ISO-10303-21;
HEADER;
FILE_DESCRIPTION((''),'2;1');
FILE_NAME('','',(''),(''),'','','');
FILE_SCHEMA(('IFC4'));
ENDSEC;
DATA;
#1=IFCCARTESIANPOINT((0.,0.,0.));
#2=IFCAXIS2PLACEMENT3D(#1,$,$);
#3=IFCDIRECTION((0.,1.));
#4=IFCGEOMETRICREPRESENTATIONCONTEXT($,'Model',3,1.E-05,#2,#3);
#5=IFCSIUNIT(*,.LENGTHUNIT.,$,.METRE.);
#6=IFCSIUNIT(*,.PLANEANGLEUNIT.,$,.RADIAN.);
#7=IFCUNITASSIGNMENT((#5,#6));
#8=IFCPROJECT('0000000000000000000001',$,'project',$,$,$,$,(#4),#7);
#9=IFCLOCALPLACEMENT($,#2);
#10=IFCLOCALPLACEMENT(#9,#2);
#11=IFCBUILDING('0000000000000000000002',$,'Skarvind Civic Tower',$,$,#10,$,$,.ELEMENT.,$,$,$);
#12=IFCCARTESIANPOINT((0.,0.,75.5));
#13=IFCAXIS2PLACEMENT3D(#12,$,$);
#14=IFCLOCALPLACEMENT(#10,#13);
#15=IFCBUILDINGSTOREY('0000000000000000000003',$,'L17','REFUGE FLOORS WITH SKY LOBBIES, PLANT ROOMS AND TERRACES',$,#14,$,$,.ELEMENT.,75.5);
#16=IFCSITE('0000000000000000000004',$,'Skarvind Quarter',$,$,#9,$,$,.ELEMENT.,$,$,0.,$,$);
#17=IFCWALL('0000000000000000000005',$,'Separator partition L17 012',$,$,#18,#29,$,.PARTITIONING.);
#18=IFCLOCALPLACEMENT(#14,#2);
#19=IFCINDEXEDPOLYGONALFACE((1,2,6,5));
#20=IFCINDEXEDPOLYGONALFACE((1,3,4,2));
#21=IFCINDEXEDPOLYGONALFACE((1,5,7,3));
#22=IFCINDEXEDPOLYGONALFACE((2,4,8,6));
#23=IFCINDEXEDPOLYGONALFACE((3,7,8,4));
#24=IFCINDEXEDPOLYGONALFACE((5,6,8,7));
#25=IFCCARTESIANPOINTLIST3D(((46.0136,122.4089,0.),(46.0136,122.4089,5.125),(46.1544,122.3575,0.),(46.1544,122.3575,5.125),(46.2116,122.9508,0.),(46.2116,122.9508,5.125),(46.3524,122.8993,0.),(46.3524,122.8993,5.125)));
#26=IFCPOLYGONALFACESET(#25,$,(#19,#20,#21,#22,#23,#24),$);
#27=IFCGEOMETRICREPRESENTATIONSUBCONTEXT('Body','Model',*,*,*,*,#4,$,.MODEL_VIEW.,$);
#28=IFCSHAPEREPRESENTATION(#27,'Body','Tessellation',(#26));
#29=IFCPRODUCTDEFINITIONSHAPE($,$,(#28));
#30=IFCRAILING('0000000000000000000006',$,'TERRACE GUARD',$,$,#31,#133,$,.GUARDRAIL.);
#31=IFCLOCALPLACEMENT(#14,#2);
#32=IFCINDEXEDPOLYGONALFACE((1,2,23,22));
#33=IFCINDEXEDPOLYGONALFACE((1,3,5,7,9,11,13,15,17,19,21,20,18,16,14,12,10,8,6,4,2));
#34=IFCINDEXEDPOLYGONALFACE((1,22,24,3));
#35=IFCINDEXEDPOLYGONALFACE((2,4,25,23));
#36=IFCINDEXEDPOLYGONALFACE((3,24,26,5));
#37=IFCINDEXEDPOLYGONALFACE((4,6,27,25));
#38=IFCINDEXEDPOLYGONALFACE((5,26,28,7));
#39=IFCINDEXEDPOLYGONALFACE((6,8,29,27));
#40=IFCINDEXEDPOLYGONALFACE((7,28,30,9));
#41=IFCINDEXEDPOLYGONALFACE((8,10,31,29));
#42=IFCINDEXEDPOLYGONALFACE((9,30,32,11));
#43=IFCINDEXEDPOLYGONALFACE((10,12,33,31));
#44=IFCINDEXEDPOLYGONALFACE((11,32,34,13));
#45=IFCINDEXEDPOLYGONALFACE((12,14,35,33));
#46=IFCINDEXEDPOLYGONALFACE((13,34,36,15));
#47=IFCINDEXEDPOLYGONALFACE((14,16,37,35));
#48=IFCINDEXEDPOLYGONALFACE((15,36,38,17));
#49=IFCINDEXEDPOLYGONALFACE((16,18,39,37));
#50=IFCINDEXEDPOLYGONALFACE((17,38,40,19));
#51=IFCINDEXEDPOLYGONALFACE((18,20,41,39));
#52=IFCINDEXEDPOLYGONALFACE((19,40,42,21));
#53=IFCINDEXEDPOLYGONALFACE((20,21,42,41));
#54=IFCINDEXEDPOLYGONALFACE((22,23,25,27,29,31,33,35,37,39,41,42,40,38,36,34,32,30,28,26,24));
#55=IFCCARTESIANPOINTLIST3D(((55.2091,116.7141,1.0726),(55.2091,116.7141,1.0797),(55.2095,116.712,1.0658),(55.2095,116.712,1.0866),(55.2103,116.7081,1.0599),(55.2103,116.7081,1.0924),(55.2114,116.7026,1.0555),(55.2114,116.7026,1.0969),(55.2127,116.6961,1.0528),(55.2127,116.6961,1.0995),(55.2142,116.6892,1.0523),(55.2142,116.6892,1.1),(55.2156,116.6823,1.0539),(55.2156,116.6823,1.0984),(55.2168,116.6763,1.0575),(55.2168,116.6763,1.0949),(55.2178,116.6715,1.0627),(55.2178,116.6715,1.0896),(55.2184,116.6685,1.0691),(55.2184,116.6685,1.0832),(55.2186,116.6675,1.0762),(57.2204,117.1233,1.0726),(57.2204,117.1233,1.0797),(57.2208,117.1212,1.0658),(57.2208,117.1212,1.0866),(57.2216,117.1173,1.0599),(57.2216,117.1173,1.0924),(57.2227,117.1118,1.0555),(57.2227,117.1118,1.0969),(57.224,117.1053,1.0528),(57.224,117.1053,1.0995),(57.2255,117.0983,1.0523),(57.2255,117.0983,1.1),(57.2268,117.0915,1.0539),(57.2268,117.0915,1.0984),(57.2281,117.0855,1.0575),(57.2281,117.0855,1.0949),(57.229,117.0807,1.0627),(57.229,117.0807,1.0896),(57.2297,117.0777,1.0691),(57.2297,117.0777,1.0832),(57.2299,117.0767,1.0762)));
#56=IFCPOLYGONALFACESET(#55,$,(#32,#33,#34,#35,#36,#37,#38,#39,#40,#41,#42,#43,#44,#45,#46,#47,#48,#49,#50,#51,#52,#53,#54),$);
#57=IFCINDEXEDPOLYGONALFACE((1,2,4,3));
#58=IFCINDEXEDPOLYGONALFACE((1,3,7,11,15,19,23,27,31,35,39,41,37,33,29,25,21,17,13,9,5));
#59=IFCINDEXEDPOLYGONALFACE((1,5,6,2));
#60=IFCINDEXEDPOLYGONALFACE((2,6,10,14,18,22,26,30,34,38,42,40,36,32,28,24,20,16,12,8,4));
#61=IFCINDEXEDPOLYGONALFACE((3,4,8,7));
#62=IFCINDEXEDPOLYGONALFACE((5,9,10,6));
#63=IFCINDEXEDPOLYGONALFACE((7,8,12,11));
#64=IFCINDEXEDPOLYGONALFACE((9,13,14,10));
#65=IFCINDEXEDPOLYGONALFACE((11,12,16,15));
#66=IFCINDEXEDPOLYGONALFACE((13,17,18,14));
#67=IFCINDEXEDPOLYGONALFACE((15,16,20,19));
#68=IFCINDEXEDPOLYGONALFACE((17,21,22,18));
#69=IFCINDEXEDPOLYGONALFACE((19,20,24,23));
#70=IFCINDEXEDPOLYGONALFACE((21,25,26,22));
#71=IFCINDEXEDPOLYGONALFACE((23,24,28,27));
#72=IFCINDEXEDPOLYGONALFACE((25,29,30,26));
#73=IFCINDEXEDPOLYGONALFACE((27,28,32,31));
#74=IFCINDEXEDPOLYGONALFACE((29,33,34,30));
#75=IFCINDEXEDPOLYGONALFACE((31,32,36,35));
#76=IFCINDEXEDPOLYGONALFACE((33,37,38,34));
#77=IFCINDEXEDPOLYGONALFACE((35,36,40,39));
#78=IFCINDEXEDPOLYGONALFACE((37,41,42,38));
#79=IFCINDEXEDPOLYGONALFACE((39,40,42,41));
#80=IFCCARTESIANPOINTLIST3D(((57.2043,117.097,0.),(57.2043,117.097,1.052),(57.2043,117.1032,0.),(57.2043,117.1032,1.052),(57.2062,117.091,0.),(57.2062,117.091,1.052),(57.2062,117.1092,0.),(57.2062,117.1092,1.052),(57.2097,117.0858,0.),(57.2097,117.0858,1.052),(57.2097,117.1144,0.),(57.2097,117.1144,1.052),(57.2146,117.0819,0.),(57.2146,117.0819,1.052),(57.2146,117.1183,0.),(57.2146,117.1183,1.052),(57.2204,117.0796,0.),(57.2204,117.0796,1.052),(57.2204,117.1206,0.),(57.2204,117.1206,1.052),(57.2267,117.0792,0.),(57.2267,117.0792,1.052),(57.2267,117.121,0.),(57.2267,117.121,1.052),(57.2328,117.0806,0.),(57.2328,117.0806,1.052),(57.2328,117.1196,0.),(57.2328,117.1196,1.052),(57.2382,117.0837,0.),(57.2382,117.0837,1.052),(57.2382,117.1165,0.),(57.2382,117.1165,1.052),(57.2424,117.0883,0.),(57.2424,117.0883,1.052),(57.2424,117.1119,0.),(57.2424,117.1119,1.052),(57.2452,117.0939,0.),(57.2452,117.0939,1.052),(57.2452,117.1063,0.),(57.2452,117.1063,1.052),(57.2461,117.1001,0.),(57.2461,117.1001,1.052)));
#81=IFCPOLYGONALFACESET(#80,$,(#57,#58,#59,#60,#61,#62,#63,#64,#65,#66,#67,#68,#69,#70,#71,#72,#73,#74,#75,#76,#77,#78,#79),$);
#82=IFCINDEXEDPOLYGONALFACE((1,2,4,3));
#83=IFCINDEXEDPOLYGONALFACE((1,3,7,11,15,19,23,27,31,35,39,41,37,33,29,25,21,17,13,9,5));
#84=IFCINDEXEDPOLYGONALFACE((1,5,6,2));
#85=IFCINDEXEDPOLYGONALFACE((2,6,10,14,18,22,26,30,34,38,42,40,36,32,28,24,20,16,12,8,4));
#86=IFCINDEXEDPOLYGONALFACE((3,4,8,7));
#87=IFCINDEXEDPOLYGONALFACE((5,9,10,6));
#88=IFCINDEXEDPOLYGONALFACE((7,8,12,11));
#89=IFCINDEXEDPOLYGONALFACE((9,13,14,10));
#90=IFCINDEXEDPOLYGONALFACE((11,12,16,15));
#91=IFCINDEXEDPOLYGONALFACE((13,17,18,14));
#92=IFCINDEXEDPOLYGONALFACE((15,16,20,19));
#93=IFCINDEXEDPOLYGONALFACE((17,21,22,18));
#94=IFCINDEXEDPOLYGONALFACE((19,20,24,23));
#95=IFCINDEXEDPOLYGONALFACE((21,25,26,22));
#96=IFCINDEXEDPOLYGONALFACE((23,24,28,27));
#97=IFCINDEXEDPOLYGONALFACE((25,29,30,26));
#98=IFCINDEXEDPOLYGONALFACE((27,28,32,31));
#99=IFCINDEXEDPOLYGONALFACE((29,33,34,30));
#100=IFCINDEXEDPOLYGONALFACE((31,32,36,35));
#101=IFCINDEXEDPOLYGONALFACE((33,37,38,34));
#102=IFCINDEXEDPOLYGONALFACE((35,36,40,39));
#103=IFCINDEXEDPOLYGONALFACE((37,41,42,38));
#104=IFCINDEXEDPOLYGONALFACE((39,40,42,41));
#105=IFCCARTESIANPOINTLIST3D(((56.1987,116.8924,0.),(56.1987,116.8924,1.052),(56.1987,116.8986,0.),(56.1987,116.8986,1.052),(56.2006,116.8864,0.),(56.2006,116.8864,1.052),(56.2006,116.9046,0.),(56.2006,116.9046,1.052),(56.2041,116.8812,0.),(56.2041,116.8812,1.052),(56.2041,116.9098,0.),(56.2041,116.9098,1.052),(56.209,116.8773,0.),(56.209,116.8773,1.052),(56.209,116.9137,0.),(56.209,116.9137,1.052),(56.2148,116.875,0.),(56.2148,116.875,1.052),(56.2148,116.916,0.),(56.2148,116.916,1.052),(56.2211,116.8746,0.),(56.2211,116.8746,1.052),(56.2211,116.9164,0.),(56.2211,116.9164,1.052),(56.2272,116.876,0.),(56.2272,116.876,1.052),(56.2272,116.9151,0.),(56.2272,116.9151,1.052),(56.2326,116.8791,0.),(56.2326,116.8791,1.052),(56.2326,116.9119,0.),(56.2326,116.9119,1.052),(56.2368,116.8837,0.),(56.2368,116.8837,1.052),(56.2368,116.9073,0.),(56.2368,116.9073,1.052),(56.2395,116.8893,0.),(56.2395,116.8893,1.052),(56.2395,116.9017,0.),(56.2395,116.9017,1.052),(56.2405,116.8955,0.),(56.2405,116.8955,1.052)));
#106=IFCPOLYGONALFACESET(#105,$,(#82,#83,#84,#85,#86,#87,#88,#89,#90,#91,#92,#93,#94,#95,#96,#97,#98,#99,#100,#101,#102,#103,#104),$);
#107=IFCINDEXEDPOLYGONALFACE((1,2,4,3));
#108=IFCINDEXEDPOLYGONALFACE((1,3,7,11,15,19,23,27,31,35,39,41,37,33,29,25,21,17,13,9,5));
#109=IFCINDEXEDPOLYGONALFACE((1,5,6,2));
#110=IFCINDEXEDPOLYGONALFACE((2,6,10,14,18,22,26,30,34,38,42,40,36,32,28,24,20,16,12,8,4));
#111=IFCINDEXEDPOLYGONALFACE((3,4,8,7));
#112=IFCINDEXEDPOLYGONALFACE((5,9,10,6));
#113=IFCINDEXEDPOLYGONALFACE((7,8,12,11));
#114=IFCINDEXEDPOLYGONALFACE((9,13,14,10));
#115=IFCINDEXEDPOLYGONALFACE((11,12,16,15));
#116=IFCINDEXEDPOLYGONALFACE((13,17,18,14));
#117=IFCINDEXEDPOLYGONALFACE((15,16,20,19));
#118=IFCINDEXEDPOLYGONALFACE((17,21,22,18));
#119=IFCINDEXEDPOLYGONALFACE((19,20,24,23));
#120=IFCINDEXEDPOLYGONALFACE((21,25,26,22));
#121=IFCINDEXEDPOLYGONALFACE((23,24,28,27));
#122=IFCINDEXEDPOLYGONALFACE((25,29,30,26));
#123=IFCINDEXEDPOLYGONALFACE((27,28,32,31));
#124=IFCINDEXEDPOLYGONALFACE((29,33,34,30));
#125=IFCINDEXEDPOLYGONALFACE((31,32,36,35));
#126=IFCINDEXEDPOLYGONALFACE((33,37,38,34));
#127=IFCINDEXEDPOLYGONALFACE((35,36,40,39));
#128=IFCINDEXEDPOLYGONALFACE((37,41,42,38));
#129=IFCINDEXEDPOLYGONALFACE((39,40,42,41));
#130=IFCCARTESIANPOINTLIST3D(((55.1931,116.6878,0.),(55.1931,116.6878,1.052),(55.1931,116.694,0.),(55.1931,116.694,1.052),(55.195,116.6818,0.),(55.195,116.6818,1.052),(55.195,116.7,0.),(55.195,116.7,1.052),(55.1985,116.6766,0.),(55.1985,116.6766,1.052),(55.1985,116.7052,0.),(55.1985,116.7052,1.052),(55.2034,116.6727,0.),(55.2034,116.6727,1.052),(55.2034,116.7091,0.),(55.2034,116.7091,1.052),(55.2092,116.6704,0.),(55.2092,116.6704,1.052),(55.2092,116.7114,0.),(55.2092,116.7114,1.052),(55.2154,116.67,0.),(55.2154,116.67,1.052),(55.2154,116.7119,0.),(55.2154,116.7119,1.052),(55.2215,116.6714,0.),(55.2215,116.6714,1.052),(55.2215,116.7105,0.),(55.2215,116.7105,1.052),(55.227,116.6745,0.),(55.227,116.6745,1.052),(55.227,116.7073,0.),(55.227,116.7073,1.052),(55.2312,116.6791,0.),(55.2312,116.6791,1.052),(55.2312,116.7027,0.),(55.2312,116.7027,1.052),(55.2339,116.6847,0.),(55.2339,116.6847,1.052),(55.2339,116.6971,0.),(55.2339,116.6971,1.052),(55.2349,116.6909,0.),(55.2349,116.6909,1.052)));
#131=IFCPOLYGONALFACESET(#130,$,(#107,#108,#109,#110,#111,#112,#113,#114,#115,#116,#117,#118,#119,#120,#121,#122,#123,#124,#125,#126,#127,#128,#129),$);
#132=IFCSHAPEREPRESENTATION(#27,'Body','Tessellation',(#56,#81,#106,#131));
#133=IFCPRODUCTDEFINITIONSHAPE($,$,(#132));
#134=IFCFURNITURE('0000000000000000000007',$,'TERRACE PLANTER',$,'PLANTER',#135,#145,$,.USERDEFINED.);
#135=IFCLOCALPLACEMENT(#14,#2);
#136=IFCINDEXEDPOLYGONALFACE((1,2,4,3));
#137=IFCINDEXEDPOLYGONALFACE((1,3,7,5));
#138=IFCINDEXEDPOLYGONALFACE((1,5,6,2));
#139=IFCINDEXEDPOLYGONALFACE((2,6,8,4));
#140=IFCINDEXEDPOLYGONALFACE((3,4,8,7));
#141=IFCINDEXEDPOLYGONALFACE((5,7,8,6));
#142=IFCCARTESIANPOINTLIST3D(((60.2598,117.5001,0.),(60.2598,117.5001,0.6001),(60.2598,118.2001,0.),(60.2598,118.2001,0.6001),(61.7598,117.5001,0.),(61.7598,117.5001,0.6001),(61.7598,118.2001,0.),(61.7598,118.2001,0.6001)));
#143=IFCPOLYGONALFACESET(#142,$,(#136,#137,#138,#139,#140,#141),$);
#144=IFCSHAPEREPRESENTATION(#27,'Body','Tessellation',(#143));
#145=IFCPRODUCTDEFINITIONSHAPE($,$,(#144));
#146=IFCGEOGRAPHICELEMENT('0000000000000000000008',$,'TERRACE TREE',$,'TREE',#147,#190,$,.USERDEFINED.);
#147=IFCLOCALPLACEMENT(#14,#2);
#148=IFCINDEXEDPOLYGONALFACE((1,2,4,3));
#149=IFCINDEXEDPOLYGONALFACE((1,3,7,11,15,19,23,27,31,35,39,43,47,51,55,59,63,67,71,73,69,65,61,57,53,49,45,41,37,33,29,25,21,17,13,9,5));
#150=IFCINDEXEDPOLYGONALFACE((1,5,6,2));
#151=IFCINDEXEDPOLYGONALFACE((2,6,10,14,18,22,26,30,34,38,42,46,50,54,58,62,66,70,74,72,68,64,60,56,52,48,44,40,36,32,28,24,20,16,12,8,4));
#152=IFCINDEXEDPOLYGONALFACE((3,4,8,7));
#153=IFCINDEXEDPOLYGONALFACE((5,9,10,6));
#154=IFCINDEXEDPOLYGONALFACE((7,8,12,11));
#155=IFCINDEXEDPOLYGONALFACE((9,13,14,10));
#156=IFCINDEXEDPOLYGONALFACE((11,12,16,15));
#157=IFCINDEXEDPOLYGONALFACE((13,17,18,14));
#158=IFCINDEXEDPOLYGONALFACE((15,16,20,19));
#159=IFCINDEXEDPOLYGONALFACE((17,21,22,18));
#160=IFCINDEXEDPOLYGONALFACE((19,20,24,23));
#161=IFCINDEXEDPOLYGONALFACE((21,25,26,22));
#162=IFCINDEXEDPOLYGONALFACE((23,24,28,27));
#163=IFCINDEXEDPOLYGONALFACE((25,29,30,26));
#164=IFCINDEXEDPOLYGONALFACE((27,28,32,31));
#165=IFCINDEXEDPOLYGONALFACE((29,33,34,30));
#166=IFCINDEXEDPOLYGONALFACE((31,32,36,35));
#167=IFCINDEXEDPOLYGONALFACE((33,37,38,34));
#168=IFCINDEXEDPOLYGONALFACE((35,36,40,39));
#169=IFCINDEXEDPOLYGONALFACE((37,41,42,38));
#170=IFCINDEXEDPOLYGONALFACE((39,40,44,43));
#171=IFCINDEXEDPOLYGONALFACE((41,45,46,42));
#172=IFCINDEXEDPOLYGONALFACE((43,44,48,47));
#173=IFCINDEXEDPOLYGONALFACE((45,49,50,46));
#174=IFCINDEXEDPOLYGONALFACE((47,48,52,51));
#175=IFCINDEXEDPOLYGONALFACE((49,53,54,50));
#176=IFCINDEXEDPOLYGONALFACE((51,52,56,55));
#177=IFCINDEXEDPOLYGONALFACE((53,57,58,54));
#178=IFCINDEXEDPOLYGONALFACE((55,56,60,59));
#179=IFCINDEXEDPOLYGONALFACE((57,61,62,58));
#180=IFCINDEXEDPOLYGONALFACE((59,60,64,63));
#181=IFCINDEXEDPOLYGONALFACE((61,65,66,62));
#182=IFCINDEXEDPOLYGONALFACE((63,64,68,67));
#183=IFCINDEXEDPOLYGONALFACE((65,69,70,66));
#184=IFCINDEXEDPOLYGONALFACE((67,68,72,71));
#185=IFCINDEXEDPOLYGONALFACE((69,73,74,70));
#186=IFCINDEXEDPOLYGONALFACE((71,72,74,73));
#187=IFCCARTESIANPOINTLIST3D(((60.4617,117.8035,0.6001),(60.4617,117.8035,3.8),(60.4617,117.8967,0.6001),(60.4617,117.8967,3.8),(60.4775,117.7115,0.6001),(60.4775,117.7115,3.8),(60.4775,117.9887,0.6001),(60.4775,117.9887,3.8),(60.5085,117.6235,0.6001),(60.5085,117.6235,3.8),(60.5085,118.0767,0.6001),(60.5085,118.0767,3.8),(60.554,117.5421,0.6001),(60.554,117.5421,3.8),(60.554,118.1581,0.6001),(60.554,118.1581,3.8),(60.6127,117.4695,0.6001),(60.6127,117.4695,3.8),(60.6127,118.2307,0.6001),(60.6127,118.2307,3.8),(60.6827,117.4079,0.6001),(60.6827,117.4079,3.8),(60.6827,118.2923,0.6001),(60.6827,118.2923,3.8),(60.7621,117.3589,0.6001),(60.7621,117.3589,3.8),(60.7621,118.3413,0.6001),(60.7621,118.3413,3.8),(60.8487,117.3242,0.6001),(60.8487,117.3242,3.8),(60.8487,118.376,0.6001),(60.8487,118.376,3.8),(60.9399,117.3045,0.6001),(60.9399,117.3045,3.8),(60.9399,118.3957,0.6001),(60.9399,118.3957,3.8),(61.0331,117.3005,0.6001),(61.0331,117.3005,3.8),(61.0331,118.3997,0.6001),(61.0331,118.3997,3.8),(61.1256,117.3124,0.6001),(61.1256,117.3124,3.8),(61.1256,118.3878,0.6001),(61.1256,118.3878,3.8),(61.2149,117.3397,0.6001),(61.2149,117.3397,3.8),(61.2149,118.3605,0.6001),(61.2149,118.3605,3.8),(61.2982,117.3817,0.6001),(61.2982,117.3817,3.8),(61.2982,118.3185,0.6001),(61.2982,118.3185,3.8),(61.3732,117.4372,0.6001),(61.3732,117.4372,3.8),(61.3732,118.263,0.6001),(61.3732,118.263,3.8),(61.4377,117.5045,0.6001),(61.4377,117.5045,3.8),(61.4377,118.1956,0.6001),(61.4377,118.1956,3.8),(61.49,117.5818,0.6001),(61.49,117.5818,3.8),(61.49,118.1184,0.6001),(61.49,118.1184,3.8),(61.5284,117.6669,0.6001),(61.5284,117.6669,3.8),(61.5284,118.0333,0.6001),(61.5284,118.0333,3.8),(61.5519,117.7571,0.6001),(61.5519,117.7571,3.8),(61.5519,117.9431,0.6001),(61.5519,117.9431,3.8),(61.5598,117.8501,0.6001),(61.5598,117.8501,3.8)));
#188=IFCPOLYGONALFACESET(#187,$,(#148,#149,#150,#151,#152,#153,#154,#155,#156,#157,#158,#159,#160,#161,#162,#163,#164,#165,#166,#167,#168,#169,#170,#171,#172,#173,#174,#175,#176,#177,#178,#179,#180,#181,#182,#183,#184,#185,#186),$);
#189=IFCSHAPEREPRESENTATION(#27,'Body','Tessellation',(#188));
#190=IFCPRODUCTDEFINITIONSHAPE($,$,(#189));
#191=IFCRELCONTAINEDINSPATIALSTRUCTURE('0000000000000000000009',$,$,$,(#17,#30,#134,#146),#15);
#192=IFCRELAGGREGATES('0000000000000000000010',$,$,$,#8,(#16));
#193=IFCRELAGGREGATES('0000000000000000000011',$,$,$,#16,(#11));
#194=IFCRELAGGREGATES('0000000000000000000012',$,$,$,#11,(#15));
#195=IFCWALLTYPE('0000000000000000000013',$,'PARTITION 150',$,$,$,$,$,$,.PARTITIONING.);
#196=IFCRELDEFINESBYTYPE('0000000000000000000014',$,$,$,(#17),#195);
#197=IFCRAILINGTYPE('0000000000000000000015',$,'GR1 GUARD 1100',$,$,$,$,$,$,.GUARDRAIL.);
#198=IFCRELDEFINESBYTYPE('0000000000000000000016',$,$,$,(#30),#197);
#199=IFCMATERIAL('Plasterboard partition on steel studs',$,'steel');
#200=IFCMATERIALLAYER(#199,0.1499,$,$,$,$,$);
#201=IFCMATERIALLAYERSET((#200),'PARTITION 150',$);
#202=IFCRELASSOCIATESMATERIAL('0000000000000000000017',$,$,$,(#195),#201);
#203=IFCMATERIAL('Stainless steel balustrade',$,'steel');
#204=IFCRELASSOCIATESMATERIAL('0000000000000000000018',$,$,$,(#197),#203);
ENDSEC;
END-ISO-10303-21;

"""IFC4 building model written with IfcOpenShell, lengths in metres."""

from ifc_helpers import new_model, si_unit, direction, frame, frame_2d, origin, origin_2d, place, context, subcontext, project, spatial, rectangle, circle, extrude, material, layer, layer_set, type_object, element, save


model = new_model("IFC4")

# Units and contexts
model_context = context("Model", 3, precision=1e-05, world=origin(), true_north=direction((0.0, 1.0)))
body_context = subcontext(model_context, "Body", "Model", "MODEL_VIEW")
ifc_project = project(units=[si_unit("LENGTHUNIT", "METRE"), si_unit("PLANEANGLEUNIT", "RADIAN")], contexts=[model_context])

# Site, building, storey
site_placement = place(None, origin())
site = spatial("IfcSite", under=ifc_project, at=site_placement, Name="Skarvind Quarter", CompositionType="ELEMENT", RefElevation=0.0)
building_placement = place(site_placement, origin())
building = spatial("IfcBuilding", under=site, at=building_placement, Name="Skarvind Civic Tower", CompositionType="ELEMENT")
storey_placement = place(building_placement, frame((0.0, 0.0, 75.5)))
storey = spatial("IfcBuildingStorey", under=building, at=storey_placement, Name="L17", Description="REFUGE FLOORS WITH SKY LOBBIES, PLANT ROOMS AND TERRACES", CompositionType="ELEMENT", Elevation=75.5)

# Wall
ifc_material_1 = material(Name="Plasterboard partition on steel studs", Category="steel")
ifc_layer_1 = layer(ifc_material_1, 0.1499)
ifc_layer_set_1 = layer_set([ifc_layer_1], Name="PARTITION 150")
wall_type_1 = type_object("IfcWallType", Name="PARTITION 150", PredefinedType="PARTITIONING", material=ifc_layer_set_1)
wall_1_placement = place(storey_placement, frame((46.084, 122.3831, 0.0), z_axis=(0.0, 0.0, 1.0), x_axis=(0.343136, 0.939286, 0.0)))
element("IfcWall", 1, at=wall_1_placement, inside=storey, type_object=wall_type_1, Name="Separator partition L17 012", PredefinedType="PARTITIONING", context=body_context, shape_type="SweptSolid", body=[
    extrude(rectangle(XDim=0.5769, YDim=0.1499, at=frame_2d((0.2886, 0.0))), origin(), (0.0, 0.0, 1.0), 5.125),
])

# Railing
ifc_material_2 = material(Name="Stainless steel balustrade", Category="steel")
railing_type = type_object("IfcRailingType", Name="GR1 GUARD 1100", PredefinedType="GUARDRAIL", material=ifc_material_2)
railing_1_placement = place(storey_placement, frame((57.2251, 117.1001, 0.0)))
element("IfcRailing", 2, at=railing_1_placement, inside=storey, type_object=railing_type, Name="TERRACE GUARD", PredefinedType="GUARDRAIL", context=body_context, shape_type="SweptSolid", body=[
    extrude(circle(Radius=0.0239, at=origin_2d()), frame((0.0, 0.0, 1.0762), z_axis=(-0.979926, -0.199363, 0.0), x_axis=(0.199363, -0.979926, 0.0)), (0.0, 0.0, 1.0), 2.0525),
    extrude(circle(Radius=0.021, at=origin_2d()), origin(), (0.0, 0.0, 1.0), 1.052),
    extrude(circle(Radius=0.021, at=origin_2d()), frame((-1.0056, -0.2046, 0.0)), (0.0, 0.0, 1.0), 1.052),
    extrude(circle(Radius=0.021, at=origin_2d()), frame((-2.0112, -0.4092, 0.0)), (0.0, 0.0, 1.0), 1.052),
])

# Furniture
furniture_placement = place(storey_placement, frame((61.0098, 117.8501, 0.0), z_axis=(0.0, 0.0, 1.0), x_axis=(-1.0, 0.0, 0.0)))
element("IfcFurniture", 3, at=furniture_placement, inside=storey, Name="TERRACE PLANTER", ObjectType="PLANTER", PredefinedType="USERDEFINED", context=body_context, shape_type="SweptSolid", body=[
    extrude(rectangle(XDim=1.5, YDim=0.7, at=origin_2d()), origin(), (0.0, 0.0, 1.0), 0.6001),
])

# Geographic element
geographic_element_placement = place(storey_placement, frame((61.0098, 117.8501, 0.6001), z_axis=(0.0, 0.0, 1.0), x_axis=(1.0, 0.0, 0.0)))
element("IfcGeographicElement", 4, at=geographic_element_placement, inside=storey, Name="TERRACE TREE", ObjectType="TREE", PredefinedType="USERDEFINED", context=body_context, shape_type="SweptSolid", body=[
    extrude(circle(Radius=0.55, at=origin_2d()), origin(), (0.0, 0.0, 1.0), 3.2),
])

save(model, "model.ifc")
